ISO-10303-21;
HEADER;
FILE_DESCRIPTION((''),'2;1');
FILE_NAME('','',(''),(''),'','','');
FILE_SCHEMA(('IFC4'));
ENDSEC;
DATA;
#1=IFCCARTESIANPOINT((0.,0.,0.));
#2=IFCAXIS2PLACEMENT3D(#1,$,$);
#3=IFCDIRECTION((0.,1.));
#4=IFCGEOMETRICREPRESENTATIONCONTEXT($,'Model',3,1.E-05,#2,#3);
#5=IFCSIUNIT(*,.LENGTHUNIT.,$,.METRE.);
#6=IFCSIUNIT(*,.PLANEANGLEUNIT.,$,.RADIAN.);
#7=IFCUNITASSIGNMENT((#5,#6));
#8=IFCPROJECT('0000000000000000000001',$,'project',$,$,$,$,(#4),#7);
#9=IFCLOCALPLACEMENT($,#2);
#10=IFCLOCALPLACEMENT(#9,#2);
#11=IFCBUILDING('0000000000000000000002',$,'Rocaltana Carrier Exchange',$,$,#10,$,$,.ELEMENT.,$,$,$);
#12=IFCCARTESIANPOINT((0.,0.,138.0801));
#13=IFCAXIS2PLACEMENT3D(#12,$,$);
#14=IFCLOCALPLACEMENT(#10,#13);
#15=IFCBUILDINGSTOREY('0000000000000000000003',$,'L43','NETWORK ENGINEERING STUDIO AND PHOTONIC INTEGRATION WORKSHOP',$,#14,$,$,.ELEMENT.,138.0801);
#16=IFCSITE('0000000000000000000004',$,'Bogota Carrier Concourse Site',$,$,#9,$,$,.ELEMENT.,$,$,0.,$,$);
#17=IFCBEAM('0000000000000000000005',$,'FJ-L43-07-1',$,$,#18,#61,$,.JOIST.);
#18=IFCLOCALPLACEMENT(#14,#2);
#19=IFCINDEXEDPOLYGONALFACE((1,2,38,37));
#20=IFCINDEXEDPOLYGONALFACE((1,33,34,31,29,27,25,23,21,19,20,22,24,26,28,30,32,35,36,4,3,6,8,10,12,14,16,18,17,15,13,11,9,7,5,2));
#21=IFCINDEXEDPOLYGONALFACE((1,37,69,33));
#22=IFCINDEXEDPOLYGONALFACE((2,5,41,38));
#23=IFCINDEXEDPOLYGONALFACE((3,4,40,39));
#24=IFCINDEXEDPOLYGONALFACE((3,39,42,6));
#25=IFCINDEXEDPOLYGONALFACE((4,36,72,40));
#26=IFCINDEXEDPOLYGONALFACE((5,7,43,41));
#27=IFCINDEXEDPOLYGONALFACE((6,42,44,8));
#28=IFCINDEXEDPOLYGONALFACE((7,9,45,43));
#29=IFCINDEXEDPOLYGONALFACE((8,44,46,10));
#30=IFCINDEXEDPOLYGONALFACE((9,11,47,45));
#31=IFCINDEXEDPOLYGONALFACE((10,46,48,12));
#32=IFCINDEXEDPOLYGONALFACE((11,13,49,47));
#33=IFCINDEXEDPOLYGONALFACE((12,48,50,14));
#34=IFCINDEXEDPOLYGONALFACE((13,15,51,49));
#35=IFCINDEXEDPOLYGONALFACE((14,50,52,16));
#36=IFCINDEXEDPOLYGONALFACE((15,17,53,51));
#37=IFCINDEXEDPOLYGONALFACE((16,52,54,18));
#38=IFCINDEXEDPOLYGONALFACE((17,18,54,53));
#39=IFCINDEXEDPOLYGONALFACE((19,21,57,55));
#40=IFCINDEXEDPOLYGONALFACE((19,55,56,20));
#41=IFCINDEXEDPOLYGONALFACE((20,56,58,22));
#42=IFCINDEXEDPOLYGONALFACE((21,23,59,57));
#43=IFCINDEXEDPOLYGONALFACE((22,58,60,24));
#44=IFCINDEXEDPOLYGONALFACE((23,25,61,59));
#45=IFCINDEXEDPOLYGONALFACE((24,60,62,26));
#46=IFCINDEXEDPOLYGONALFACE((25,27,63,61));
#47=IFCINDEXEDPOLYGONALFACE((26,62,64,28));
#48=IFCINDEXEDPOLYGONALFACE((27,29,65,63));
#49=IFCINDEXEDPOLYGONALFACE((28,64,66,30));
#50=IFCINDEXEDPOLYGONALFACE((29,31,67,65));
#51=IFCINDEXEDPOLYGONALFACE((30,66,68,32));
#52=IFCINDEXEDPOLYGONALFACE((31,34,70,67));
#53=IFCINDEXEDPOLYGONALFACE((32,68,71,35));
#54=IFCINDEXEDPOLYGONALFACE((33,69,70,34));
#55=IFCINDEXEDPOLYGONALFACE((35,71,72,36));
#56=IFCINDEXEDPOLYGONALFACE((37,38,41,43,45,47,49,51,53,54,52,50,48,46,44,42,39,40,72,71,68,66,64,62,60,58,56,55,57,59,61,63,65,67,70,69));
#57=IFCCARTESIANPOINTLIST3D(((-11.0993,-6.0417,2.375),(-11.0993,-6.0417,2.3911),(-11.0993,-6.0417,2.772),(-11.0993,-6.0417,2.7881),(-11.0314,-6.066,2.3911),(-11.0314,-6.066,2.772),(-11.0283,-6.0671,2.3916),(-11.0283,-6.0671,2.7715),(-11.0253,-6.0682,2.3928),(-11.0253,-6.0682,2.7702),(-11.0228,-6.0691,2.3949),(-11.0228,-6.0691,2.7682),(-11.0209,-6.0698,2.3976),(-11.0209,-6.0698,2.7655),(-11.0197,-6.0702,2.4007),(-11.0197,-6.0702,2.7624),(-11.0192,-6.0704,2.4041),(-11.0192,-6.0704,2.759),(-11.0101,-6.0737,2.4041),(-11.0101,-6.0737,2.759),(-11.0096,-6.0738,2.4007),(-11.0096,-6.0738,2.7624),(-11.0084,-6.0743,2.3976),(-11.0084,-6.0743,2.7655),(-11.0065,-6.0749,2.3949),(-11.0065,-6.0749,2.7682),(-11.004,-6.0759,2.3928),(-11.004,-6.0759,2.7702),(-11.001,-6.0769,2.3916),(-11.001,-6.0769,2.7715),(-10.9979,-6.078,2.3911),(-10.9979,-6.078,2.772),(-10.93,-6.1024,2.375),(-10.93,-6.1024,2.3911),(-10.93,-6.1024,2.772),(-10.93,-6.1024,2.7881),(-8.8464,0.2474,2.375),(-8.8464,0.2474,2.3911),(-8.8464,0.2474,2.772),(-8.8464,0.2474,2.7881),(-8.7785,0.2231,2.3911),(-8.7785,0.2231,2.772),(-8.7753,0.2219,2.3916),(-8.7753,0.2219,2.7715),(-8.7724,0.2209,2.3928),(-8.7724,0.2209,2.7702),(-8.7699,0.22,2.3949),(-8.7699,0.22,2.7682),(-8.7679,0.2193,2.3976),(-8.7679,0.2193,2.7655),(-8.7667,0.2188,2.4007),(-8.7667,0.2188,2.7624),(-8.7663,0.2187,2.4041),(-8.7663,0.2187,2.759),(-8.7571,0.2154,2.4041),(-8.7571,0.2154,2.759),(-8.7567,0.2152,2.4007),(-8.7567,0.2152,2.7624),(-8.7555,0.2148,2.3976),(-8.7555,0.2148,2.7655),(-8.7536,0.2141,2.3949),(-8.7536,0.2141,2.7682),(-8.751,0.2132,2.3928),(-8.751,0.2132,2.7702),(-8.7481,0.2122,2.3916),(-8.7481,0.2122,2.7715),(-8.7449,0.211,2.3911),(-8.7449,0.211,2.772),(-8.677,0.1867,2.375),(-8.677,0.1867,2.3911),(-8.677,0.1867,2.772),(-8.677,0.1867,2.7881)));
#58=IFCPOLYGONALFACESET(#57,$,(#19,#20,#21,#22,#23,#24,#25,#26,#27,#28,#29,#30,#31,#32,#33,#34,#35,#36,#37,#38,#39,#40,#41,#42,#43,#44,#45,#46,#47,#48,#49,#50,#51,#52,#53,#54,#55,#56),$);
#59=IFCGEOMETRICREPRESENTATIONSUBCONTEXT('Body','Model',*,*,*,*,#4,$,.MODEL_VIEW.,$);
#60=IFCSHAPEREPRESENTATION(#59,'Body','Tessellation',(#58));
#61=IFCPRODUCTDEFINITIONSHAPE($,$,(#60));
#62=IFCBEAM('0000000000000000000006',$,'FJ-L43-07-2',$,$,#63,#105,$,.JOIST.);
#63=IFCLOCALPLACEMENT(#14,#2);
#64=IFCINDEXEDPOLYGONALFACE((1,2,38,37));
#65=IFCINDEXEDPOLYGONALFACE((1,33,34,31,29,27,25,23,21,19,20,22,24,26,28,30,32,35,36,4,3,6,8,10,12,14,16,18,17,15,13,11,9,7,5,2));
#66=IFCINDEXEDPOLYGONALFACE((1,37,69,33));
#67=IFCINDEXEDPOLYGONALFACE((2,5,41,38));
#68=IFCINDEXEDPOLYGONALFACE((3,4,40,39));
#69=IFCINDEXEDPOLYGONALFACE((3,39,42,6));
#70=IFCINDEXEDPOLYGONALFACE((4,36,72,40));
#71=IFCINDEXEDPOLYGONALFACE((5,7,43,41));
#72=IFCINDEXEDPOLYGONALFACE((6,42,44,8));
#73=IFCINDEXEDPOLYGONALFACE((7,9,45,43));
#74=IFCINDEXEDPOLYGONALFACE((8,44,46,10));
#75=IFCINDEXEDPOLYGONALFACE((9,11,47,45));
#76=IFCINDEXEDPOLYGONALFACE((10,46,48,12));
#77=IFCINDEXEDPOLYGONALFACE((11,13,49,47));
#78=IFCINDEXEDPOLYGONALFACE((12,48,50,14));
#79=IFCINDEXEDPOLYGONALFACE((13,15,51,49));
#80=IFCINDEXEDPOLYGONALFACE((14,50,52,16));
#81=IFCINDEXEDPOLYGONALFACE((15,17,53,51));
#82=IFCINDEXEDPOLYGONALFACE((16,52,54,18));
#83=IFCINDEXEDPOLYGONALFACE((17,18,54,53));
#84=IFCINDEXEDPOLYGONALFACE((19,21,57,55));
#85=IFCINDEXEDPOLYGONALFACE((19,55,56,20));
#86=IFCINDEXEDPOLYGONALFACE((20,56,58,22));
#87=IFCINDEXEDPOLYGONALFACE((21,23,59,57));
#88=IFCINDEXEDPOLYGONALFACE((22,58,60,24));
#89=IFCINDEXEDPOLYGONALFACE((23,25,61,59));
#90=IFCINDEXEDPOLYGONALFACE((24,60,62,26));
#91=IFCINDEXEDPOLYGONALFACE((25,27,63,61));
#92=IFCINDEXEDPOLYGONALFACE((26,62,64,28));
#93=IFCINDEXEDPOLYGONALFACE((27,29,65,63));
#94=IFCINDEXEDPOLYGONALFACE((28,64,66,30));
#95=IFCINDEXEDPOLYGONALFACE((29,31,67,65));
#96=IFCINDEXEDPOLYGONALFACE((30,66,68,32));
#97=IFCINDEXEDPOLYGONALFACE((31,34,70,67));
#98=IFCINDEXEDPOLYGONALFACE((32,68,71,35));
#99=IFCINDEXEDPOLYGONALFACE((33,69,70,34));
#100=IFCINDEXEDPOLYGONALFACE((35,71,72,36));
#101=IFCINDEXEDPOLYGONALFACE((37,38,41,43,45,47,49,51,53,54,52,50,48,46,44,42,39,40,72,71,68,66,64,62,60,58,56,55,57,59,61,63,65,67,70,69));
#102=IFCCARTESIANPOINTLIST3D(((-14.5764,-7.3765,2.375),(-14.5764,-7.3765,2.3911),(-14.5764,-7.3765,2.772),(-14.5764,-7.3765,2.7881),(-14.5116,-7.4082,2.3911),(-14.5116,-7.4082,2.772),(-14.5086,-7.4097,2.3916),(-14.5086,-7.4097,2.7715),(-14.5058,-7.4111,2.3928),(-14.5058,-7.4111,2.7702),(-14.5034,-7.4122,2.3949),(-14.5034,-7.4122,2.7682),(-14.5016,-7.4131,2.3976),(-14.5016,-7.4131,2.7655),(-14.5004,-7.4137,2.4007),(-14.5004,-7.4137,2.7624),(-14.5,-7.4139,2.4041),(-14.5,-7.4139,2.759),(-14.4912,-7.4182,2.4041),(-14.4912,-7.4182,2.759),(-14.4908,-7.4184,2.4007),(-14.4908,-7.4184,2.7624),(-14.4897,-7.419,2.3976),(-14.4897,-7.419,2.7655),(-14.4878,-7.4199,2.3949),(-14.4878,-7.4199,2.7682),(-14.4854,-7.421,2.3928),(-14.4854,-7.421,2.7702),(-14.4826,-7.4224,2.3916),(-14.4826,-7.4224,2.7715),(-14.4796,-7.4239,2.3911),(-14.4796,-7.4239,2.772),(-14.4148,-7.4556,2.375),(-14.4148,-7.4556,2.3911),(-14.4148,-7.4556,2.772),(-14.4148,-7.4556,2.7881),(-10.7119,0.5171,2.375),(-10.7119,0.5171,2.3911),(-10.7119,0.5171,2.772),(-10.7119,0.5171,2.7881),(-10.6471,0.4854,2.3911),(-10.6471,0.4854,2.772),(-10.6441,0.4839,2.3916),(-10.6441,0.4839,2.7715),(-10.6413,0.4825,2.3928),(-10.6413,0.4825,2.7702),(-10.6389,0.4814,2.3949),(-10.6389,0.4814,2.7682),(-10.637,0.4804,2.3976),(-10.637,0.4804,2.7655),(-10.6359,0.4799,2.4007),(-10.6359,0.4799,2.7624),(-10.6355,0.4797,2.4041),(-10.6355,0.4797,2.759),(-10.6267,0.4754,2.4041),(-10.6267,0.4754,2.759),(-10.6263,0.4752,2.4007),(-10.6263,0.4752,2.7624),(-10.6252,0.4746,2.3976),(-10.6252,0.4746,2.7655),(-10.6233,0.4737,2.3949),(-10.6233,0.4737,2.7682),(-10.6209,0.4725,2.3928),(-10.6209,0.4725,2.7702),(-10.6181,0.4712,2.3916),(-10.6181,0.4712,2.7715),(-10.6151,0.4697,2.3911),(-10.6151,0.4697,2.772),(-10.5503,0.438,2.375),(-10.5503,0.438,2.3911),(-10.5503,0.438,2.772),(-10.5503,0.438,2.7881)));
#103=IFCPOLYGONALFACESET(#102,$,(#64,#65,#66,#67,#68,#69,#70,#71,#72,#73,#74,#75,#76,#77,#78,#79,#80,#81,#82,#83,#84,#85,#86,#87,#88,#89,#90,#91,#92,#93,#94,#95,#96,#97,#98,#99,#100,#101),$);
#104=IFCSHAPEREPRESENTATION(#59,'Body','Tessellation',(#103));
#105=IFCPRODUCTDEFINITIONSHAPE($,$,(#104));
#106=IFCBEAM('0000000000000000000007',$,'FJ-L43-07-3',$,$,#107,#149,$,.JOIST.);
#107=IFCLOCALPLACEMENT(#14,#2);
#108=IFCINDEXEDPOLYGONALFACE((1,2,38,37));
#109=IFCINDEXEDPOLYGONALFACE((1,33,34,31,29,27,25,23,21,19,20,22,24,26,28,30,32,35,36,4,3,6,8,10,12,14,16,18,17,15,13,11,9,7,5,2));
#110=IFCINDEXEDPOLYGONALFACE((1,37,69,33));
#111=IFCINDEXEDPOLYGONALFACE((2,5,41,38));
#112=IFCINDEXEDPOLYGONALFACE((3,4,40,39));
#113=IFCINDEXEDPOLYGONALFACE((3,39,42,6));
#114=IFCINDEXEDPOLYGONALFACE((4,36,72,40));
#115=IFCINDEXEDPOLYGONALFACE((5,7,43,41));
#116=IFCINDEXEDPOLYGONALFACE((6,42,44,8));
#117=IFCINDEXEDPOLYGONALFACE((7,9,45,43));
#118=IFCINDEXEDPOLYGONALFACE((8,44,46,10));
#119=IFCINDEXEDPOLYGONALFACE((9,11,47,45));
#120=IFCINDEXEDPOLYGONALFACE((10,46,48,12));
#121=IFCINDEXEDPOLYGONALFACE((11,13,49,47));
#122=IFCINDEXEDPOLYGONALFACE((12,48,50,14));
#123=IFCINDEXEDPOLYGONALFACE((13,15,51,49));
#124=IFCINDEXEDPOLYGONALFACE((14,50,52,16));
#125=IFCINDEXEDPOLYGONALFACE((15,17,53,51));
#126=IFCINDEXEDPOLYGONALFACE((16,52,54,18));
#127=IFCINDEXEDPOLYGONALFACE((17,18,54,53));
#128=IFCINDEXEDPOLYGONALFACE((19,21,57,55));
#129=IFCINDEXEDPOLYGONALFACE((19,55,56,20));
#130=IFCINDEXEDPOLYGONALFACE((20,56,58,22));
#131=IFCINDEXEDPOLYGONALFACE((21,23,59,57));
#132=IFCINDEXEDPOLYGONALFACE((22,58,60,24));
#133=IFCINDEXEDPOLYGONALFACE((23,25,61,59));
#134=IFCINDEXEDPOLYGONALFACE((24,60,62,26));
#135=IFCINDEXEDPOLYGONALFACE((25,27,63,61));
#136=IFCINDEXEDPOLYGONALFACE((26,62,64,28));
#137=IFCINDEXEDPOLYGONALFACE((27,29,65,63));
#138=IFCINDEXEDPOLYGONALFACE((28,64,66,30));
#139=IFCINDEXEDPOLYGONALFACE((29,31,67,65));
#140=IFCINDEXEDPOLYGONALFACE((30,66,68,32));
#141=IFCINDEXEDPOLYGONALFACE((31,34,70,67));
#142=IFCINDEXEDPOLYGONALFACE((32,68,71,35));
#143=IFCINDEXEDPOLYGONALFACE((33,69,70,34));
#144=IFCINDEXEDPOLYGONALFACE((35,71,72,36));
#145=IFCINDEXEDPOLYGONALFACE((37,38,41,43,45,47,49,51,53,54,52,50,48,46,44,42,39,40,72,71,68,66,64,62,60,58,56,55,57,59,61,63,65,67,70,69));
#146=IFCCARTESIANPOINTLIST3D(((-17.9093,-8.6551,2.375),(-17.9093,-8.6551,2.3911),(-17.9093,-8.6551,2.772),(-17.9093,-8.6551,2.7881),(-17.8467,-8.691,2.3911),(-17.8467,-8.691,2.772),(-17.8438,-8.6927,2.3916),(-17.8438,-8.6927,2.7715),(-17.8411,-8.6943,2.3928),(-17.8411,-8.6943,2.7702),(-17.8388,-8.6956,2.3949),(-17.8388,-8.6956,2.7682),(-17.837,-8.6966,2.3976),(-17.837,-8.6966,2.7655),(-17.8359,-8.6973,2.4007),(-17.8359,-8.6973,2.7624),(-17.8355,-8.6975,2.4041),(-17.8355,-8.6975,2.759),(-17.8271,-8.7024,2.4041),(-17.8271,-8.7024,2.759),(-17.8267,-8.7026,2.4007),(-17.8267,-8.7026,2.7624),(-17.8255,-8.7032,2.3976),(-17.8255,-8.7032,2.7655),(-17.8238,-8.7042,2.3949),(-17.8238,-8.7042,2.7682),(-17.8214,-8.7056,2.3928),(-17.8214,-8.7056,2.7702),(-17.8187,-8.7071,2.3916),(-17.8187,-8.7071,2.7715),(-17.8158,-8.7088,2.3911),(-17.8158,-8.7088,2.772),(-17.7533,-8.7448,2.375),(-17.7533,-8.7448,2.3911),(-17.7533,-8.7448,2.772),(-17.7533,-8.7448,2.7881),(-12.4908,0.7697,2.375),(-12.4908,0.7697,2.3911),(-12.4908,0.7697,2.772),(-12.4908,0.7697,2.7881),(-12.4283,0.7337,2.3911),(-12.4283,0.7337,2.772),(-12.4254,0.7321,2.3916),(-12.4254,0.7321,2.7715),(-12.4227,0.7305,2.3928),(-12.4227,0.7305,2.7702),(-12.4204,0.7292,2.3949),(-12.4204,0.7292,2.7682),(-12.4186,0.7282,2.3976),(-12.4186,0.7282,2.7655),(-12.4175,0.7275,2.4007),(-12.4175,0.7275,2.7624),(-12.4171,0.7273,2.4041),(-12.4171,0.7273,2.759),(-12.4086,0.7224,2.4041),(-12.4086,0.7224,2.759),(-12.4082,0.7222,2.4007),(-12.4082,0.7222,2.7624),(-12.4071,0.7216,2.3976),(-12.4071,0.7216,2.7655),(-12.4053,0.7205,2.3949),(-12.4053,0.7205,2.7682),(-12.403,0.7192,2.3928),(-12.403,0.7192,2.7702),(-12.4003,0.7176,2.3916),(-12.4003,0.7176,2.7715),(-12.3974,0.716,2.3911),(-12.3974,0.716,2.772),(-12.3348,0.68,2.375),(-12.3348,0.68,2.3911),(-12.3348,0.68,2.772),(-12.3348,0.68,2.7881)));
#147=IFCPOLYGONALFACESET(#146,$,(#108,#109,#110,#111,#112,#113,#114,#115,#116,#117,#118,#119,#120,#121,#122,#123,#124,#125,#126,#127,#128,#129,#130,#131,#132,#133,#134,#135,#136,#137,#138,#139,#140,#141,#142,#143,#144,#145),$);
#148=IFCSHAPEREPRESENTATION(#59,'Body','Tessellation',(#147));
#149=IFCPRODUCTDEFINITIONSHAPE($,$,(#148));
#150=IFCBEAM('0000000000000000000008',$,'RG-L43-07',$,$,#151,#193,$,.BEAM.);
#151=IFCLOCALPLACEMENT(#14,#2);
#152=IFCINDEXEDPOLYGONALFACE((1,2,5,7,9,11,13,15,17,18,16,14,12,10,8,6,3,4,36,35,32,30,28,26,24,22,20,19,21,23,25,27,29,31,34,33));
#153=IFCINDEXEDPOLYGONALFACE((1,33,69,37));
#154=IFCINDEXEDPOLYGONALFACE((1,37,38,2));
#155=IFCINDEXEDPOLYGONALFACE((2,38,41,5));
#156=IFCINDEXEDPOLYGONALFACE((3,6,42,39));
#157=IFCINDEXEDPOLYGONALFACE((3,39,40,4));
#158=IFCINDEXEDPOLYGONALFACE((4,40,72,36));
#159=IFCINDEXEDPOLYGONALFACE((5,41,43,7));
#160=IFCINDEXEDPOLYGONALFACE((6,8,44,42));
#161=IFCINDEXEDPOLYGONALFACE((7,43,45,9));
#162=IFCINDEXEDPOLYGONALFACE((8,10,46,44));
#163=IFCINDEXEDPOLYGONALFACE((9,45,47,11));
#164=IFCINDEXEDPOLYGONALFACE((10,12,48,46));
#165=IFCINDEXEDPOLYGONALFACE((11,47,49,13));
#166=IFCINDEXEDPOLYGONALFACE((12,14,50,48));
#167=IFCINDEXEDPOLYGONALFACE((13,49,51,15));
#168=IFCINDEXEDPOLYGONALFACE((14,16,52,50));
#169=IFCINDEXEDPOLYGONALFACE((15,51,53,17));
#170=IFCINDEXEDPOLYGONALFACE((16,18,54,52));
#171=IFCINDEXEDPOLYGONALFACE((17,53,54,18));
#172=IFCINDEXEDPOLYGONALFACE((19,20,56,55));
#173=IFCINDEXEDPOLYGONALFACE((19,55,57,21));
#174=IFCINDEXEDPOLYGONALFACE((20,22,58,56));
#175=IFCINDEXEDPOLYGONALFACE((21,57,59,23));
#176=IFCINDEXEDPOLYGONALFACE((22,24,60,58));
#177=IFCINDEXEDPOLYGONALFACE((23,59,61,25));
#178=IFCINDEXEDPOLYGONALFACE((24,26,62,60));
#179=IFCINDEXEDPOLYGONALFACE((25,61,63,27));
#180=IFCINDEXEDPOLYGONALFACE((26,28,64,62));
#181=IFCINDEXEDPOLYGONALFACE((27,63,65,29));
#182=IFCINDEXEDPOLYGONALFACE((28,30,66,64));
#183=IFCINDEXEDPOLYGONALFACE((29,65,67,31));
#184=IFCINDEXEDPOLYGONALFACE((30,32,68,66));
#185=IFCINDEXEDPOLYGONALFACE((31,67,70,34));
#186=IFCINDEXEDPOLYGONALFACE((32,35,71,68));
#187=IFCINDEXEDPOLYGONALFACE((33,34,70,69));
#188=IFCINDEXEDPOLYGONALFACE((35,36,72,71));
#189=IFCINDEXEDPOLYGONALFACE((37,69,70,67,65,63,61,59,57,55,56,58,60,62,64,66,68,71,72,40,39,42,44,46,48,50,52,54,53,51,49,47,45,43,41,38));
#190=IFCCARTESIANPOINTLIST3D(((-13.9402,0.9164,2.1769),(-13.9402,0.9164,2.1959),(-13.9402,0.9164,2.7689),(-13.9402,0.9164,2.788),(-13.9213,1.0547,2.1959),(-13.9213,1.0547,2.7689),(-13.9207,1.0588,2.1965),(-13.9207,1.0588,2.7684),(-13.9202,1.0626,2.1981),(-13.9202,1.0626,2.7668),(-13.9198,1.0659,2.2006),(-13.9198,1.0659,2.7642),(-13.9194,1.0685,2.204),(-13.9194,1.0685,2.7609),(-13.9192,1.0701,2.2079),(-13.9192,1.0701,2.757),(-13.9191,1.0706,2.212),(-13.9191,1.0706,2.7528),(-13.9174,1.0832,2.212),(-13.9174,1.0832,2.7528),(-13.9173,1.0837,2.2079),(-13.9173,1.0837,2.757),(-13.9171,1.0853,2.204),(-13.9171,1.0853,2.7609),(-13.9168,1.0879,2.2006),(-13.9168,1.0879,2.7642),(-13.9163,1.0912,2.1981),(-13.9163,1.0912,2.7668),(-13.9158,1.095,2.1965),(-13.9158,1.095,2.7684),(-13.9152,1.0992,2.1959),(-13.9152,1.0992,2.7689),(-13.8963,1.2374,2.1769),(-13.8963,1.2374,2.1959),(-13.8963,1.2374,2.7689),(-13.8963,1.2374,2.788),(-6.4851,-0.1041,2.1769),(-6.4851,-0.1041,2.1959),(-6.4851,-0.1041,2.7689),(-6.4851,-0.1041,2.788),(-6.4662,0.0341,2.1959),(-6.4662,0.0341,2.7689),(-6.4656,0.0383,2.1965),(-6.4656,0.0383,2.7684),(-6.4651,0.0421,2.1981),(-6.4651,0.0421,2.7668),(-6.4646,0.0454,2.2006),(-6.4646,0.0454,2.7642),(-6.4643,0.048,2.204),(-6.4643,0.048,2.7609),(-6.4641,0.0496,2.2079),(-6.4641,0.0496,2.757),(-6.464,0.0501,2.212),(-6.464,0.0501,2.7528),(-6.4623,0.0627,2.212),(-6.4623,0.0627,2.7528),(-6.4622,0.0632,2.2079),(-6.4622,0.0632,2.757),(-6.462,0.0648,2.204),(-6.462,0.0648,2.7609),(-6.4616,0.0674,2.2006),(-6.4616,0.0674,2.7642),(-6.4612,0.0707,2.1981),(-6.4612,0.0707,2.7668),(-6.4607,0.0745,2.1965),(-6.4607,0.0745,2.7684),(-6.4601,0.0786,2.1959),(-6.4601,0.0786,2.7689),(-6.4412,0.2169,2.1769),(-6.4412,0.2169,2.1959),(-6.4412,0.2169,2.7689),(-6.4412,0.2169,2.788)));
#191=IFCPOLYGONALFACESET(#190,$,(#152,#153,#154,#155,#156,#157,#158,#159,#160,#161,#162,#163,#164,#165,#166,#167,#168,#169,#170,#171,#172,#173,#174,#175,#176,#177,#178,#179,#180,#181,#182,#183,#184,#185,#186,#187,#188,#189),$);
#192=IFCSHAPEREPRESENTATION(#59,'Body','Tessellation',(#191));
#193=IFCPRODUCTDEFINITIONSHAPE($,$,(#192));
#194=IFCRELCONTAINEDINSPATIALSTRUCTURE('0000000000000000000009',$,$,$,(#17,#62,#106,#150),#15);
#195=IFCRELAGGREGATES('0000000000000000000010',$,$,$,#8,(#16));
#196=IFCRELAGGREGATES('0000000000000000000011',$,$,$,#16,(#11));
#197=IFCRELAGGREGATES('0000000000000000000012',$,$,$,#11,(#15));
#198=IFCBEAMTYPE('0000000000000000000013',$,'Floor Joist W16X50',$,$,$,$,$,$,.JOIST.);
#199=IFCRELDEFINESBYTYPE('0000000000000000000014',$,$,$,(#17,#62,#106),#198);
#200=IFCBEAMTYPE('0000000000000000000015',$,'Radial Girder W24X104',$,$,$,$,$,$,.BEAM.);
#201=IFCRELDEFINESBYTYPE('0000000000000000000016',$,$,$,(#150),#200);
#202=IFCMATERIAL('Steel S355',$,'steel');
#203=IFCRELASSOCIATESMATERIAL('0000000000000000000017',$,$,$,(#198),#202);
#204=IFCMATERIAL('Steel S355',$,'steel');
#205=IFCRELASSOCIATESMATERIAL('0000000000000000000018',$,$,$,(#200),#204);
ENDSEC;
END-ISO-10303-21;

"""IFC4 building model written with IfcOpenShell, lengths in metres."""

from ifc_helpers import new_model, si_unit, direction, frame, origin, origin_2d, place, context, subcontext, project, spatial, i_section, extrude, material, material_profile, profile_set, type_object, element, save


model = new_model("IFC4")

# Units and contexts
model_context = context("Model", 3, precision=1e-05, world=origin(), true_north=direction((0.0, 1.0)))
body_context = subcontext(model_context, "Body", "Model", "MODEL_VIEW")
ifc_project = project(units=[si_unit("LENGTHUNIT", "METRE"), si_unit("PLANEANGLEUNIT", "RADIAN")], contexts=[model_context])

# Site, building, storey
site_placement = place(None, origin())
site = spatial("IfcSite", under=ifc_project, at=site_placement, Name="Bogota Carrier Concourse Site", CompositionType="ELEMENT", RefElevation=0.0)
building_placement = place(site_placement, origin())
building = spatial("IfcBuilding", under=site, at=building_placement, Name="Rocaltana Carrier Exchange", CompositionType="ELEMENT")
storey_placement = place(building_placement, frame((0.0, 0.0, 138.0801)))
storey = spatial("IfcBuildingStorey", under=building, at=storey_placement, Name="L43", Description="NETWORK ENGINEERING STUDIO AND PHOTONIC INTEGRATION WORKSHOP", CompositionType="ELEMENT", Elevation=138.0801)

# Beams
ifc_material_1 = material(Name="Steel S355", Category="steel")
ifc_material_profile_1 = material_profile(ifc_material_1, i_section(OverallWidth=0.1799, OverallDepth=0.4131, WebThickness=0.0098, FlangeThickness=0.0161, FilletRadius=0.0129, at=origin_2d()), Name="W16X50")
ifc_profile_set_1 = profile_set([ifc_material_profile_1], Name="Steel S355")
beam_type_1 = type_object("IfcBeamType", Name="Floor Joist W16X50", PredefinedType="JOIST", material=ifc_profile_set_1)
beam_1_placement = place(storey_placement, frame((-8.7617, 0.217, 2.5815), z_axis=(-0.337244, -0.941417, 0.0), x_axis=(0.941417, -0.337244, 0.0)))
element("IfcBeam", 1, at=beam_1_placement, inside=storey, type_object=beam_type_1, Name="FJ-L43-07-1", PredefinedType="JOIST", context=body_context, shape_type="SweptSolid", body=[
    extrude(i_section(OverallWidth=0.1799, OverallDepth=0.4131, WebThickness=0.0098, FlangeThickness=0.0161, FilletRadius=0.0129, at=origin_2d()), origin(), (0.0, 0.0, 1.0), 6.6804),
])
beam_2_placement = place(storey_placement, frame((-10.6311, 0.4775, 2.5815), z_axis=(-0.439709, -0.89814, 0.0), x_axis=(0.89814, -0.439709, 0.0)))
element("IfcBeam", 2, at=beam_2_placement, inside=storey, type_object=beam_type_1, Name="FJ-L43-07-2", PredefinedType="JOIST", context=body_context, shape_type="SweptSolid", body=[
    extrude(i_section(OverallWidth=0.1799, OverallDepth=0.4131, WebThickness=0.0098, FlangeThickness=0.0161, FilletRadius=0.0129, at=origin_2d()), origin(), (0.0, 0.0, 1.0), 8.7888),
])
beam_3_placement = place(storey_placement, frame((-12.4128, 0.7249, 2.5815), z_axis=(-0.498415, -0.866938, 0.0), x_axis=(0.866938, -0.498415, 0.0)))
element("IfcBeam", 3, at=beam_3_placement, inside=storey, type_object=beam_type_1, Name="FJ-L43-07-3", PredefinedType="JOIST", context=body_context, shape_type="SweptSolid", body=[
    extrude(i_section(OverallWidth=0.1799, OverallDepth=0.4131, WebThickness=0.0098, FlangeThickness=0.0161, FilletRadius=0.0129, at=origin_2d()), origin(), (0.0, 0.0, 1.0), 10.8713),
])
ifc_material_2 = material(Name="Steel S355", Category="steel")
ifc_material_profile_2 = material_profile(ifc_material_2, i_section(OverallWidth=0.324, OverallDepth=0.6111, WebThickness=0.0127, FlangeThickness=0.019, FilletRadius=0.0161, at=origin_2d()), Name="W24X104")
ifc_profile_set_2 = profile_set([ifc_material_profile_2], Name="Steel S355")
beam_type_2 = type_object("IfcBeamType", Name="Radial Girder W24X104", PredefinedType="BEAM", material=ifc_profile_set_2)
beam_4_placement = place(storey_placement, frame((-6.4631, 0.0564, 2.4824), z_axis=(-0.990761, 0.135623, 0.0), x_axis=(-0.135623, -0.990761, 0.0)))
element("IfcBeam", 4, at=beam_4_placement, inside=storey, type_object=beam_type_2, Name="RG-L43-07", PredefinedType="BEAM", context=body_context, shape_type="SweptSolid", body=[
    extrude(i_section(OverallWidth=0.324, OverallDepth=0.6111, WebThickness=0.0127, FlangeThickness=0.019, FilletRadius=0.0161, at=origin_2d()), origin(), (0.0, 0.0, 1.0), 7.5247),
])

save(model, "model.ifc")
